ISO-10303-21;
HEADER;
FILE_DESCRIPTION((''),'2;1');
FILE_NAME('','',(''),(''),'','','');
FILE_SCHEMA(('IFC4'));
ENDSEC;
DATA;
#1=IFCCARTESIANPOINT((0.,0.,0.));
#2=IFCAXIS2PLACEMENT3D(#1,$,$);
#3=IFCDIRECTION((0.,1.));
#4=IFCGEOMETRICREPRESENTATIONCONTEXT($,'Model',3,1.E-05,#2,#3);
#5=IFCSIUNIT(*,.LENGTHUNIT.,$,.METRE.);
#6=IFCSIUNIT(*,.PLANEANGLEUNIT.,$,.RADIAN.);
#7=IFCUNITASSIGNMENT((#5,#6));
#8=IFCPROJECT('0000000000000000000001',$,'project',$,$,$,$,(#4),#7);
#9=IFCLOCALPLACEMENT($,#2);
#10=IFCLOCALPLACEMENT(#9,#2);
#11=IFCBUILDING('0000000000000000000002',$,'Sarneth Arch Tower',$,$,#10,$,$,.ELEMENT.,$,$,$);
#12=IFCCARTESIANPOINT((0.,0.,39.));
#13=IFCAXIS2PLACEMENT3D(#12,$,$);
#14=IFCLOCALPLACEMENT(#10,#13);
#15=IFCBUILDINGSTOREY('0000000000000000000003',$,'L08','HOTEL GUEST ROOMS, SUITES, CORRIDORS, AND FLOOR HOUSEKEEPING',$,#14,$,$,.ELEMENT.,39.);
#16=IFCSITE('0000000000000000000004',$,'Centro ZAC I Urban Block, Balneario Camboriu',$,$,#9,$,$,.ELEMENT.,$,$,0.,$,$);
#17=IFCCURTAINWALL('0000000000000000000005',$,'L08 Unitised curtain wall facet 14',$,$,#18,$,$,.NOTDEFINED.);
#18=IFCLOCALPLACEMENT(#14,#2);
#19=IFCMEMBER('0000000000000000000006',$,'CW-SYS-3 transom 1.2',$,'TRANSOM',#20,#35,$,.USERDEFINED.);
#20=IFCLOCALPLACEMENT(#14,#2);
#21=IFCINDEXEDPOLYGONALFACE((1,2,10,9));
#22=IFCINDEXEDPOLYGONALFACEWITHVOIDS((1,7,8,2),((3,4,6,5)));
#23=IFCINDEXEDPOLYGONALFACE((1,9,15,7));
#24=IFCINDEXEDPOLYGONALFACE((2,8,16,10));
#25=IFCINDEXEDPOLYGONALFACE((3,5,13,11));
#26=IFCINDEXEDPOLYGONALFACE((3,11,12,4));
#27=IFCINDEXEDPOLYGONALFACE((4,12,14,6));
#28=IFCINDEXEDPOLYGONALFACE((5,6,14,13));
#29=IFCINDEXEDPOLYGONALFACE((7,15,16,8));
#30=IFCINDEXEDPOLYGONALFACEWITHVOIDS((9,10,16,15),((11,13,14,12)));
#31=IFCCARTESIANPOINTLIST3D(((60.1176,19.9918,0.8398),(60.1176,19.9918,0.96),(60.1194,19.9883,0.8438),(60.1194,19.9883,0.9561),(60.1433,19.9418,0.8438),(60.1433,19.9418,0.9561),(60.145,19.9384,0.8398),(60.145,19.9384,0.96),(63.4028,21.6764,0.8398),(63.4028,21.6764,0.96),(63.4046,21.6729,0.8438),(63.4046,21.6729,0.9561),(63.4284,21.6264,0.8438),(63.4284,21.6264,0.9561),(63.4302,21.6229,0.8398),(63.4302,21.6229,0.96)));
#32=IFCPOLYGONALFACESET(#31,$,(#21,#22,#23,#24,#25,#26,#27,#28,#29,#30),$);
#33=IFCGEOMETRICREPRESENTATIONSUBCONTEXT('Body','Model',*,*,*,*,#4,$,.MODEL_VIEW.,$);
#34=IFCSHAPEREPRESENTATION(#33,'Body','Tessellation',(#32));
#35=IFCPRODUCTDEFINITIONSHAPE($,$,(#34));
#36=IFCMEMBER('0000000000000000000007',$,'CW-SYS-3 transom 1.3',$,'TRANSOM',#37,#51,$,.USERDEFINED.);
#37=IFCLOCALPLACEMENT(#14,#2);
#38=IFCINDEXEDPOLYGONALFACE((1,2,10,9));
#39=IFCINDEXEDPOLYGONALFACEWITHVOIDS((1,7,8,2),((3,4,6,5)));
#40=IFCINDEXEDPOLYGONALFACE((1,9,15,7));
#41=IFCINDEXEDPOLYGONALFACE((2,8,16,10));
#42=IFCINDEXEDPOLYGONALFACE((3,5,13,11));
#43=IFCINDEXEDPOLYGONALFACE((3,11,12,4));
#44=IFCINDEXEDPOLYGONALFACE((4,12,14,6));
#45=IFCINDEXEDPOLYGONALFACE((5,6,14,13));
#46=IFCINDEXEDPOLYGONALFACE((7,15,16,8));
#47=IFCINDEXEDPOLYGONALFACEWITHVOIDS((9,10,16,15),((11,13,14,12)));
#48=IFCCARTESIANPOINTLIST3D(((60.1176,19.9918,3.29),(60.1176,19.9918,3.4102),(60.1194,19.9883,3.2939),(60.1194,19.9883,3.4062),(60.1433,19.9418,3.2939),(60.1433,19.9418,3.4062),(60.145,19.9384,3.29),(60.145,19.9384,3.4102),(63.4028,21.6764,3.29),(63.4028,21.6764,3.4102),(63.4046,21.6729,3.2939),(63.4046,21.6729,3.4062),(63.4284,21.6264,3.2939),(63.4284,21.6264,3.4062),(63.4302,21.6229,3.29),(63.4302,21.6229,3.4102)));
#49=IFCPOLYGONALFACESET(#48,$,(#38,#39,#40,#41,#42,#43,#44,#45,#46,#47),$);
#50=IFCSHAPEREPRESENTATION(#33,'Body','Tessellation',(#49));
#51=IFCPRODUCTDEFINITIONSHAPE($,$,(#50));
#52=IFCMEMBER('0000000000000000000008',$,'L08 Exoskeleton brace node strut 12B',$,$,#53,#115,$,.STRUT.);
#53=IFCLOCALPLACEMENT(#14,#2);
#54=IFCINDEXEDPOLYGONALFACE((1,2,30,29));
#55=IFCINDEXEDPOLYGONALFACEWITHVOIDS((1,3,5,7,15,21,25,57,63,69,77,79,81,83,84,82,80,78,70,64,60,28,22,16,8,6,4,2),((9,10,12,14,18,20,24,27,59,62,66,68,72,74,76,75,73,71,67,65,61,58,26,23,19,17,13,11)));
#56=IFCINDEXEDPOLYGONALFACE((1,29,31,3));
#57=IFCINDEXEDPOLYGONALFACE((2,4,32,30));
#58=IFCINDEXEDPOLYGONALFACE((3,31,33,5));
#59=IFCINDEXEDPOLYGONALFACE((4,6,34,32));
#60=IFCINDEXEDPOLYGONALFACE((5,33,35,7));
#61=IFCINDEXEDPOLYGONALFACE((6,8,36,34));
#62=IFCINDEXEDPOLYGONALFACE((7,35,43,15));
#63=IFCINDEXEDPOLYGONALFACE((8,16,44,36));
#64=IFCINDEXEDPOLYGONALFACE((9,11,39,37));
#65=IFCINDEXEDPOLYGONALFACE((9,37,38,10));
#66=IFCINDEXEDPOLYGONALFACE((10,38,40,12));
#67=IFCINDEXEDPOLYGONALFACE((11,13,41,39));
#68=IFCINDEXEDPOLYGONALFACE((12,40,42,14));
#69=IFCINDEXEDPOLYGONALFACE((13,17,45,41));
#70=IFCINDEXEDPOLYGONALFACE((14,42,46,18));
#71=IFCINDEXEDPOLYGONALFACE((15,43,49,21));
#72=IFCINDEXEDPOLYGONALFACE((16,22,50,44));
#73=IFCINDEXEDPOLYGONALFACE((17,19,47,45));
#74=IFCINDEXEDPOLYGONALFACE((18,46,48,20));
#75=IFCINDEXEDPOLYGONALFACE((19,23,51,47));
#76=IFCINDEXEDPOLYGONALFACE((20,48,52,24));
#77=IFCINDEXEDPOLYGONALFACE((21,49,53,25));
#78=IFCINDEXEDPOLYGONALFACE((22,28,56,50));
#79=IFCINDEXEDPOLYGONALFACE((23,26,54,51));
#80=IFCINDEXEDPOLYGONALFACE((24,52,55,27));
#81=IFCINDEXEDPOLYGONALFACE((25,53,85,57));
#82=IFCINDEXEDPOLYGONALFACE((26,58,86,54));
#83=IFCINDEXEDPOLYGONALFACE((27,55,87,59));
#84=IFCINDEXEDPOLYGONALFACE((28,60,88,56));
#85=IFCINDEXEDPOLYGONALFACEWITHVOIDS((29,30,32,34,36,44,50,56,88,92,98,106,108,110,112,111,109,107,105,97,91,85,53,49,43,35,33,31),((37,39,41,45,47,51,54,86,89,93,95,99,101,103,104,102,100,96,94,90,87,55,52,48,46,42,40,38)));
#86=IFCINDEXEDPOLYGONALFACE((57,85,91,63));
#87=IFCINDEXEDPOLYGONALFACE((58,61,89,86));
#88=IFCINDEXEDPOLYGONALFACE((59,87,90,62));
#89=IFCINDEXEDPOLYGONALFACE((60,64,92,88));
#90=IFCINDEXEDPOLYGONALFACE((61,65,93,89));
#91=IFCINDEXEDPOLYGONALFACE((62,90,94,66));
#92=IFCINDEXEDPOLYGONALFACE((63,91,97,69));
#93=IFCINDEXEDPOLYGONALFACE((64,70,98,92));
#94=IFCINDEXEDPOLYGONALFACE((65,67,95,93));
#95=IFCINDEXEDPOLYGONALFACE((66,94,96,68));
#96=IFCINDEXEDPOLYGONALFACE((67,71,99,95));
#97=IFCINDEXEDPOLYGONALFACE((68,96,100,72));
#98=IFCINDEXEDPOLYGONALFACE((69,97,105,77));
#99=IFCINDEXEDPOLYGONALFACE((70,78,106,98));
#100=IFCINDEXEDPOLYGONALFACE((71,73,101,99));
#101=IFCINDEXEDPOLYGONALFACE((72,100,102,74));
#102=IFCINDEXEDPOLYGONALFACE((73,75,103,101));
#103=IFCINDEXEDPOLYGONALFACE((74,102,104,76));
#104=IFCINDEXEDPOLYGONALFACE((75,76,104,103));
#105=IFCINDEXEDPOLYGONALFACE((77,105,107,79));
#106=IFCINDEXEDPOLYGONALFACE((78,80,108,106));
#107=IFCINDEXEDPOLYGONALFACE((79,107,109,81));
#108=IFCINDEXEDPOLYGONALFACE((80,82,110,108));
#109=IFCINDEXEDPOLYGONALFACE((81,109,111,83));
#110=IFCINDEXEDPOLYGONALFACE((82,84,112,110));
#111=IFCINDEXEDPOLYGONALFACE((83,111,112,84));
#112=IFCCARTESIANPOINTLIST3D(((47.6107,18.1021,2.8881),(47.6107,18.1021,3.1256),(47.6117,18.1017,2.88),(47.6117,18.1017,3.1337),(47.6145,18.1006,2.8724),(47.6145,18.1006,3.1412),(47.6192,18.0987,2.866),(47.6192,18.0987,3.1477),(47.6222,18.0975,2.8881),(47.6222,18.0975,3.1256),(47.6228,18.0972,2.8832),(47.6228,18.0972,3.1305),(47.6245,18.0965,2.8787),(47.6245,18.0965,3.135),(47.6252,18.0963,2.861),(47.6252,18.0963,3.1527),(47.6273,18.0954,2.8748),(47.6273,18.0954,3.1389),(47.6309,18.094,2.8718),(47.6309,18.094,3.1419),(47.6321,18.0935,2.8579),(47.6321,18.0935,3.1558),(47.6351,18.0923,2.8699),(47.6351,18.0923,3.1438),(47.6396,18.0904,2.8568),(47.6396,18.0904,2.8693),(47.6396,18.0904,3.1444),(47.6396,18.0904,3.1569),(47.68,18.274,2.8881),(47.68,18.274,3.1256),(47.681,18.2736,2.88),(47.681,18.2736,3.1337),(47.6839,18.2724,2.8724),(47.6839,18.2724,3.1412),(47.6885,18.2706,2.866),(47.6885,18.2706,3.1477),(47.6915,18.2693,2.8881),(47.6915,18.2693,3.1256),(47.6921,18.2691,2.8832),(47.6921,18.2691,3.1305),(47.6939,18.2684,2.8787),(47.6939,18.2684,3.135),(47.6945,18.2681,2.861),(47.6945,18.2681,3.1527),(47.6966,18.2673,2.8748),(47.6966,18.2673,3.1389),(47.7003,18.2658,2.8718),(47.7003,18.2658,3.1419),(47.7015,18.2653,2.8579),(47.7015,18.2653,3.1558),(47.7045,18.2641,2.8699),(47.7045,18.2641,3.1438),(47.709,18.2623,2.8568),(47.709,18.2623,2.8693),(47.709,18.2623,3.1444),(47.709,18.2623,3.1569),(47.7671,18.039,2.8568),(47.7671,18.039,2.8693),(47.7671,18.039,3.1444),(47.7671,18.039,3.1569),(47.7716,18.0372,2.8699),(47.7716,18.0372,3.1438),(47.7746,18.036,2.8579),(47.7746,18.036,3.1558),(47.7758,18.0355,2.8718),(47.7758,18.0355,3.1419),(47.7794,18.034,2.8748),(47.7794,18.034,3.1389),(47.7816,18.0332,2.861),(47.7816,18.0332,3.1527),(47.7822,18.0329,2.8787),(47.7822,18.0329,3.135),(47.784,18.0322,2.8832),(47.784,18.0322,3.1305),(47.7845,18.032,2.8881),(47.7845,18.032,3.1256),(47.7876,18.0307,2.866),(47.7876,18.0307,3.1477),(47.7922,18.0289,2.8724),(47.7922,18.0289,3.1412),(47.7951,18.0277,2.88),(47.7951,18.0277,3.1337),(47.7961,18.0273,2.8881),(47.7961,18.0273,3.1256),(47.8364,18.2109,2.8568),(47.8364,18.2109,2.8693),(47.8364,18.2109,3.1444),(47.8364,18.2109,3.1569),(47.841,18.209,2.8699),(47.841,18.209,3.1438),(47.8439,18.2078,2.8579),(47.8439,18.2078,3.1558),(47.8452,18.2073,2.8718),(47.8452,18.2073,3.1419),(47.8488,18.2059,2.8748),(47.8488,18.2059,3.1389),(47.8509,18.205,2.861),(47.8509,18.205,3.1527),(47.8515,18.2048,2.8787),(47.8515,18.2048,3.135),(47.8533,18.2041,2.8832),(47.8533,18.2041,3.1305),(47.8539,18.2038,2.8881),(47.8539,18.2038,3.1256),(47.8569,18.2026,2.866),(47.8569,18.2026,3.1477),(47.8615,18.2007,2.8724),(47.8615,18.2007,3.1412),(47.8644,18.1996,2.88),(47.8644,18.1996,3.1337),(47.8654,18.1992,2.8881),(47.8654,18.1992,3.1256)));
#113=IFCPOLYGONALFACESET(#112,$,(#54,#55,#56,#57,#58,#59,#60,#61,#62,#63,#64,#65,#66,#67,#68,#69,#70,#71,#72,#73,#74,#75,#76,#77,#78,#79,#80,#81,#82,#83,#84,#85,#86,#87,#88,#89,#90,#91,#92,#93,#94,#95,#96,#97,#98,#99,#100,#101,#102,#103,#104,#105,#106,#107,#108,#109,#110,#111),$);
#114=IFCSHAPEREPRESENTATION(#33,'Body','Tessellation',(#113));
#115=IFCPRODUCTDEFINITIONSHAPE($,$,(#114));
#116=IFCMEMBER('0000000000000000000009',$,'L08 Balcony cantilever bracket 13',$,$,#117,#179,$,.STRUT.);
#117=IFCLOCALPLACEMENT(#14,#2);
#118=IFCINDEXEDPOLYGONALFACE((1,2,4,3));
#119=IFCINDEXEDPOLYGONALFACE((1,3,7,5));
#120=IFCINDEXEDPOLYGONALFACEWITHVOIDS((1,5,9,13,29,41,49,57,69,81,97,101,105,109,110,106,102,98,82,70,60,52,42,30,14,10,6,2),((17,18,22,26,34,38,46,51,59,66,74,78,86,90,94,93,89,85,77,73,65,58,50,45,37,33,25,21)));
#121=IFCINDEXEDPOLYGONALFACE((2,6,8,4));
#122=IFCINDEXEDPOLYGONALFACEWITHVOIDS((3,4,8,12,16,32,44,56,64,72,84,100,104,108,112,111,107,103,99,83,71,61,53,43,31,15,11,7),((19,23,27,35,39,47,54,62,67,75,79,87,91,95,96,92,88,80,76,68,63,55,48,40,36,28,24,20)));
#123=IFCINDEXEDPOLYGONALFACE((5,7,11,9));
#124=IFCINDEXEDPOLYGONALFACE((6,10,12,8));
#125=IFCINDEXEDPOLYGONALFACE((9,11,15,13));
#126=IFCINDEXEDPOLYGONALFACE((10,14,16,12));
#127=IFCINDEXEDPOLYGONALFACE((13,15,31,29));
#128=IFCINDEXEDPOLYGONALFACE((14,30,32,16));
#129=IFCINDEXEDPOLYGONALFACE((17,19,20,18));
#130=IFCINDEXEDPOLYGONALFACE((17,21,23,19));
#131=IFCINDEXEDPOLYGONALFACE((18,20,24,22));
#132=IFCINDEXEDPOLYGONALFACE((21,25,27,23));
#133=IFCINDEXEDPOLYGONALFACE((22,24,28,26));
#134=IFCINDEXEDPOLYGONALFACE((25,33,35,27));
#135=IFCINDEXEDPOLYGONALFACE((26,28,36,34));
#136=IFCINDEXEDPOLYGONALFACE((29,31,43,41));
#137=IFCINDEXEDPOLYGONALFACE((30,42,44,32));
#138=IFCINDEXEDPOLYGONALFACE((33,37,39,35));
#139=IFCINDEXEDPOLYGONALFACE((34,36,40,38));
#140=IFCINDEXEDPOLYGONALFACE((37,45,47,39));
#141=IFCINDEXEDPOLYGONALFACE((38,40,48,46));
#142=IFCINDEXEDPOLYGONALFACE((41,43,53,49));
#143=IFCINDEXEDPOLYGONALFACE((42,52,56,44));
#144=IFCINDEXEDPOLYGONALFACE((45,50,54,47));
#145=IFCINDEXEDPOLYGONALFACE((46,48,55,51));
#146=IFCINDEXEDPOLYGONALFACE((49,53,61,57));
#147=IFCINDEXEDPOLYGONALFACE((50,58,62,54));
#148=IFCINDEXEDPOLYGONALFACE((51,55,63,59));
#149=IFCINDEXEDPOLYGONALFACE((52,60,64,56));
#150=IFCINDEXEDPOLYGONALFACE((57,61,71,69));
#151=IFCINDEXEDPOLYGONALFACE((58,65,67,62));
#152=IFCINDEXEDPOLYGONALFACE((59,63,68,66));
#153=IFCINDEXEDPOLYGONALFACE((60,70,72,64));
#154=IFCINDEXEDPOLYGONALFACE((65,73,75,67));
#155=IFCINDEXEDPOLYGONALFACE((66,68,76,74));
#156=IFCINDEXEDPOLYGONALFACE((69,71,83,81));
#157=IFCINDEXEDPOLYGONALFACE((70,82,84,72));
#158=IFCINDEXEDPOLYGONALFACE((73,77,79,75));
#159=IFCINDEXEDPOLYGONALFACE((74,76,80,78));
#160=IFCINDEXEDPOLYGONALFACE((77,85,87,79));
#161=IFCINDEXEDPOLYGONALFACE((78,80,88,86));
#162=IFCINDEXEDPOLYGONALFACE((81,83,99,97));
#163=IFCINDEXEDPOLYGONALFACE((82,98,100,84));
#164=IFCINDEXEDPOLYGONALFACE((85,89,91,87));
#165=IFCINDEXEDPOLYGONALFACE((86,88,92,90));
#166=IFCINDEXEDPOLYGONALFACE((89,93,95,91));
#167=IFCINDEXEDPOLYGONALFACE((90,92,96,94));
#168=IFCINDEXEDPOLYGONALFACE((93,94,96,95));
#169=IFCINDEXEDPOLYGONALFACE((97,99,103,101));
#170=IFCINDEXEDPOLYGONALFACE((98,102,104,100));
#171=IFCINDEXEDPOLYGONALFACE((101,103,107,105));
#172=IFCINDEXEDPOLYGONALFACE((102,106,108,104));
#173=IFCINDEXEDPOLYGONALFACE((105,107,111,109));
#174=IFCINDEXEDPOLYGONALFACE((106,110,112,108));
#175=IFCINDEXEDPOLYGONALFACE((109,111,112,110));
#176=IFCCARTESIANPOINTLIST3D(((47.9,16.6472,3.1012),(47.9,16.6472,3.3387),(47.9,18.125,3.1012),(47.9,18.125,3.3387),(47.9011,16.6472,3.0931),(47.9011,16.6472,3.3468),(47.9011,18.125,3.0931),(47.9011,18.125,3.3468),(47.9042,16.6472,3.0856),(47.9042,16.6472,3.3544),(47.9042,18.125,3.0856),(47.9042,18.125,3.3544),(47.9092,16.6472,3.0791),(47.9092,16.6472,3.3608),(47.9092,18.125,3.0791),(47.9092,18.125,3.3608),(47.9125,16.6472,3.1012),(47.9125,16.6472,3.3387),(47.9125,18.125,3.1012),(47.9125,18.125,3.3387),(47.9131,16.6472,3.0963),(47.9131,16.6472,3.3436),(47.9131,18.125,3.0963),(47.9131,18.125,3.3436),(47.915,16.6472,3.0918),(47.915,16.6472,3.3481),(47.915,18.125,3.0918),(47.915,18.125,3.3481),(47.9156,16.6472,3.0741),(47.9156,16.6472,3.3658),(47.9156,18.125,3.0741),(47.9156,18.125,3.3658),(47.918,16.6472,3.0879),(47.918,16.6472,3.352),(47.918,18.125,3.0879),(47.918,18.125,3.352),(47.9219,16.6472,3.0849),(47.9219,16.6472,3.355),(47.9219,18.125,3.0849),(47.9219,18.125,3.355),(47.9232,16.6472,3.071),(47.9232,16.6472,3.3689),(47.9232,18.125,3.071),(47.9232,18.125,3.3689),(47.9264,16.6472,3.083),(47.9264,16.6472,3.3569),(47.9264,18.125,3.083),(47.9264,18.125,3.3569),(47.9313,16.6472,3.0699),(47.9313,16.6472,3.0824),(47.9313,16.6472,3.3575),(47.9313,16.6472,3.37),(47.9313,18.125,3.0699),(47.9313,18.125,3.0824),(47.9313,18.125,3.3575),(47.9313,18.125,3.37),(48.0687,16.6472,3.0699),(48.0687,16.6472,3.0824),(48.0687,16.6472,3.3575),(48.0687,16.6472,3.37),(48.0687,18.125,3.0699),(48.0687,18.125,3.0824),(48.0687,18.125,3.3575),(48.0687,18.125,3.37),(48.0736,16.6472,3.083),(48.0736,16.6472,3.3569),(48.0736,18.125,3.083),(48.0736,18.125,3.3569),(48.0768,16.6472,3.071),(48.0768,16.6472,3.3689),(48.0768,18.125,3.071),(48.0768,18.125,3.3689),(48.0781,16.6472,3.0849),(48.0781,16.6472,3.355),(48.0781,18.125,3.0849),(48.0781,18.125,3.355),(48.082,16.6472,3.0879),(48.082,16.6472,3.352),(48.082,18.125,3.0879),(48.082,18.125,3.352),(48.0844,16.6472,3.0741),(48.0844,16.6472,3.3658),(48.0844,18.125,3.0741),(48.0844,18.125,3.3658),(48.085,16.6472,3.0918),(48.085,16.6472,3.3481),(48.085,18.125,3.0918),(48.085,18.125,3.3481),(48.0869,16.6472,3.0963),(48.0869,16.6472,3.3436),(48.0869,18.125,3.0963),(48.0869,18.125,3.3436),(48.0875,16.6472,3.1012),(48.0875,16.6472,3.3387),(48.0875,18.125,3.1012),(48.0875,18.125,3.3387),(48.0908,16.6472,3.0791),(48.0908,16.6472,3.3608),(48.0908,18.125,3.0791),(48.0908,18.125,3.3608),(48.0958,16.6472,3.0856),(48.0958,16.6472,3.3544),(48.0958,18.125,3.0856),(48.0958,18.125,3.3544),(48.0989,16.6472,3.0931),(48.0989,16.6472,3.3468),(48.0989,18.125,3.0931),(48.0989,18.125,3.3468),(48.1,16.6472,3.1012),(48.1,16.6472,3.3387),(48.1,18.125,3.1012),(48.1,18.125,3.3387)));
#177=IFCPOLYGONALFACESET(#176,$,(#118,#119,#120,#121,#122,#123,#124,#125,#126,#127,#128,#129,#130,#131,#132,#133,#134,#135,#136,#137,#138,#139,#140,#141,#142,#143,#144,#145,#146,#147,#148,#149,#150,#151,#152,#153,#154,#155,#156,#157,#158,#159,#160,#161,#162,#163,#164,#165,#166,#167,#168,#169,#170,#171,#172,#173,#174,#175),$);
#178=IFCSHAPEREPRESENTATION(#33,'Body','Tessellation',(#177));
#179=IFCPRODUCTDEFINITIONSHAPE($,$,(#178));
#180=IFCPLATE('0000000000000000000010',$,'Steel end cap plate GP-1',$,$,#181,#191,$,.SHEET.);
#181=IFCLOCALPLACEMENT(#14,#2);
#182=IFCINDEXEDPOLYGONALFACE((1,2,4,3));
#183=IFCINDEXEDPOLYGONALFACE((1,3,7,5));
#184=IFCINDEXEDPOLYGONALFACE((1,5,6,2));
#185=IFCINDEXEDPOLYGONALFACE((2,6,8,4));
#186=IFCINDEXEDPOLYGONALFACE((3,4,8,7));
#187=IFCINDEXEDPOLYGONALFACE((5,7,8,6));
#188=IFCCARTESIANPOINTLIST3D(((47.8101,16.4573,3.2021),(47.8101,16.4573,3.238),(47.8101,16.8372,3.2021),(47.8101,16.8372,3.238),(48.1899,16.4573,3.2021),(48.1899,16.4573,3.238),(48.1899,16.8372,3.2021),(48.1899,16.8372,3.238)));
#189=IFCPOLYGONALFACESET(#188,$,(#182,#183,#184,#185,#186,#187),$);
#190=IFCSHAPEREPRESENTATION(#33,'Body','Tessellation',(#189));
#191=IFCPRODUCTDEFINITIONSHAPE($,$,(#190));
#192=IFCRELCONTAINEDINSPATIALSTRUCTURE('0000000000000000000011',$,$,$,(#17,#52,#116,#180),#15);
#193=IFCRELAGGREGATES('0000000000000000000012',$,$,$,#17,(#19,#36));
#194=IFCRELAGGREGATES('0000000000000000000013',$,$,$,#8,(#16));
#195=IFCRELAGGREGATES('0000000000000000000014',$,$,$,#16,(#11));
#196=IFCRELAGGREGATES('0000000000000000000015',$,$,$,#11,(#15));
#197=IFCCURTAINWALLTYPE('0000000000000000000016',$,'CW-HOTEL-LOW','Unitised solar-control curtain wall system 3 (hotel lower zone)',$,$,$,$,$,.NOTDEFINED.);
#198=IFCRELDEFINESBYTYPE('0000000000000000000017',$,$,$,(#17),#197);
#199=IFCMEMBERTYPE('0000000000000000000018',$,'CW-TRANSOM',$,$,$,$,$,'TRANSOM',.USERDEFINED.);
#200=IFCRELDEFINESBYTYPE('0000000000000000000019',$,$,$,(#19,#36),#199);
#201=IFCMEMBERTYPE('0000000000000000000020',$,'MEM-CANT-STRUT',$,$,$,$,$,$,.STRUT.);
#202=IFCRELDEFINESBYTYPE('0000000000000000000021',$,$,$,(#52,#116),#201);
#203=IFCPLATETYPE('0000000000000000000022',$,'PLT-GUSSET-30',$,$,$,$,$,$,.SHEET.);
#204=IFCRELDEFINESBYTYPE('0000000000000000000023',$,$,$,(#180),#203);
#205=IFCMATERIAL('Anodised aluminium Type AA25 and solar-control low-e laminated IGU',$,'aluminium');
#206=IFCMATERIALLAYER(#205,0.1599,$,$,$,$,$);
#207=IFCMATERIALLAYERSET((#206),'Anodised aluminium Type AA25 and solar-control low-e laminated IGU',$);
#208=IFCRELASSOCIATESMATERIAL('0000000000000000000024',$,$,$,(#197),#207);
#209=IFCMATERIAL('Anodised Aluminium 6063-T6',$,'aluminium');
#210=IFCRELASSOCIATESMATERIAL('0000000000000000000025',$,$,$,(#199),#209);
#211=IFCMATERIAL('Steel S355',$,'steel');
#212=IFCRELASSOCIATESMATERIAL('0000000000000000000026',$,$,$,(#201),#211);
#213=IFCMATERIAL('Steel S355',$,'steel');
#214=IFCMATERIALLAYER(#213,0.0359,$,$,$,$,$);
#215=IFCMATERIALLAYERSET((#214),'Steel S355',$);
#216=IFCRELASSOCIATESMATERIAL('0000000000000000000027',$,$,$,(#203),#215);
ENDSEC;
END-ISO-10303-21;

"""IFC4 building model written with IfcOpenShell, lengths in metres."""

from ifc_helpers import new_model, si_unit, direction, frame, origin, origin_2d, place, context, subcontext, project, spatial, rectangle, hollow_rectangle, extrude, material, layer, layer_set, material_profile, profile_set, type_object, element, aggregate, save


model = new_model("IFC4")

# Units and contexts
model_context = context("Model", 3, precision=1e-05, world=origin(), true_north=direction((0.0, 1.0)))
body_context = subcontext(model_context, "Body", "Model", "MODEL_VIEW")
ifc_project = project(units=[si_unit("LENGTHUNIT", "METRE"), si_unit("PLANEANGLEUNIT", "RADIAN")], contexts=[model_context])

# Site, building, storey
site_placement = place(None, origin())
site = spatial("IfcSite", under=ifc_project, at=site_placement, Name="Centro ZAC I Urban Block, Balneario Camboriu", CompositionType="ELEMENT", RefElevation=0.0)
building_placement = place(site_placement, origin())
building = spatial("IfcBuilding", under=site, at=building_placement, Name="Sarneth Arch Tower", CompositionType="ELEMENT")
storey_placement = place(building_placement, frame((0.0, 0.0, 39.0)))
storey = spatial("IfcBuildingStorey", under=building, at=storey_placement, Name="L08", Description="HOTEL GUEST ROOMS, SUITES, CORRIDORS, AND FLOOR HOUSEKEEPING", CompositionType="ELEMENT", Elevation=39.0)

# Curtain wall, members
ifc_material_1 = material(Name="Anodised aluminium Type AA25 and solar-control low-e laminated IGU", Category="aluminium")
ifc_layer_1 = layer(ifc_material_1, 0.1599)
ifc_layer_set_1 = layer_set([ifc_layer_1], Name="Anodised aluminium Type AA25 and solar-control low-e laminated IGU")
curtain_wall_type = type_object("IfcCurtainWallType", Name="CW-HOTEL-LOW", Description="Unitised solar-control curtain wall system 3 (hotel lower zone)", PredefinedType="NOTDEFINED", material=ifc_layer_set_1)
curtain_wall_placement = place(storey_placement, origin())
curtain_wall = element("IfcCurtainWall", 1, at=curtain_wall_placement, inside=storey, type_object=curtain_wall_type, Name="L08 Unitised curtain wall facet 14", PredefinedType="NOTDEFINED")
ifc_material_2 = material(Name="Anodised Aluminium 6063-T6", Category="aluminium")
ifc_material_profile_1 = material_profile(ifc_material_2, hollow_rectangle(XDim=0.0601, YDim=0.1201, WallThickness=0.0039, at=origin_2d()), Name="AL-TRAN-120x60x4")
ifc_profile_set_1 = profile_set([ifc_material_profile_1], Name="Anodised Aluminium 6063-T6")
member_type_1 = type_object("IfcMemberType", Name="CW-TRANSOM", ElementType="TRANSOM", PredefinedType="USERDEFINED", material=ifc_profile_set_1)
member_1_placement = place(storey_placement, frame((60.1313, 19.9651, 0.8999), z_axis=(0.889831, 0.45629, 0.0), x_axis=(-0.45629, 0.889831, 0.0)))
member_1 = element("IfcMember", 2, at=member_1_placement, type_object=member_type_1, Name="CW-SYS-3 transom 1.2", ObjectType="TRANSOM", PredefinedType="USERDEFINED", context=body_context, shape_type="SweptSolid", body=[
    extrude(hollow_rectangle(XDim=0.0601, YDim=0.1201, WallThickness=0.0039, at=origin_2d()), origin(), (0.0, 0.0, 1.0), 3.6919),
])
member_2_placement = place(storey_placement, frame((60.1313, 19.9651, 3.3501), z_axis=(0.889831, 0.45629, 0.0), x_axis=(-0.45629, 0.889831, 0.0)))
member_2 = element("IfcMember", 3, at=member_2_placement, type_object=member_type_1, Name="CW-SYS-3 transom 1.3", ObjectType="TRANSOM", PredefinedType="USERDEFINED", context=body_context, shape_type="SweptSolid", body=[
    extrude(hollow_rectangle(XDim=0.0601, YDim=0.1201, WallThickness=0.0039, at=origin_2d()), origin(), (0.0, 0.0, 1.0), 3.6919),
])
aggregate(curtain_wall, [member_1, member_2])

# Members
ifc_material_3 = material(Name="Steel S355", Category="steel")
ifc_material_profile_2 = material_profile(ifc_material_3, hollow_rectangle(XDim=0.2, YDim=0.3, WallThickness=0.0125, InnerFilletRadius=0.0188, OuterFilletRadius=0.0312, at=origin_2d()), Name="RHS300x200x12.5")
ifc_profile_set_2 = profile_set([ifc_material_profile_2], Name="Steel S355")
member_type_2 = type_object("IfcMemberType", Name="MEM-CANT-STRUT", PredefinedType="STRUT", material=ifc_profile_set_2)
member_3_placement = place(storey_placement, frame((47.7727, 18.2366, 3.0068), z_axis=(-0.374115, -0.927383, 0.0), x_axis=(0.927383, -0.374115, 0.0)))
element("IfcMember", 4, at=member_3_placement, inside=storey, type_object=member_type_2, Name="L08 Exoskeleton brace node strut 12B", PredefinedType="STRUT", context=body_context, shape_type="SweptSolid", body=[
    extrude(hollow_rectangle(XDim=0.2, YDim=0.3, WallThickness=0.0125, InnerFilletRadius=0.0188, OuterFilletRadius=0.0312, at=origin_2d()), origin(), (0.0, 0.0, 1.0), 0.1853),
])
member_4_placement = place(storey_placement, frame((48.0, 18.125, 3.22), z_axis=(0.0, -1.0, 0.0), x_axis=(1.0, 0.0, 0.0)))
element("IfcMember", 5, at=member_4_placement, inside=storey, type_object=member_type_2, Name="L08 Balcony cantilever bracket 13", PredefinedType="STRUT", context=body_context, shape_type="SweptSolid", body=[
    extrude(hollow_rectangle(XDim=0.2, YDim=0.3, WallThickness=0.0125, InnerFilletRadius=0.0188, OuterFilletRadius=0.0312, at=origin_2d()), origin(), (0.0, 0.0, 1.0), 1.4778),
])

# Plate
ifc_material_4 = material(Name="Steel S355", Category="steel")
ifc_layer_2 = layer(ifc_material_4, 0.0359)
ifc_layer_set_2 = layer_set([ifc_layer_2], Name="Steel S355")
plate_type = type_object("IfcPlateType", Name="PLT-GUSSET-30", PredefinedType="SHEET", material=ifc_layer_set_2)
plate_placement = place(storey_placement, frame((48.0, 16.6472, 3.2021), z_axis=(0.0, 0.0, 1.0), x_axis=(0.0, -1.0, 0.0)))
element("IfcPlate", 6, at=plate_placement, inside=storey, type_object=plate_type, Name="Steel end cap plate GP-1", PredefinedType="SHEET", context=body_context, shape_type="SweptSolid", body=[
    extrude(rectangle(XDim=0.3799, YDim=0.3799, at=origin_2d()), origin(), (0.0, 0.0, 1.0), 0.0359),
])

save(model, "model.ifc")
